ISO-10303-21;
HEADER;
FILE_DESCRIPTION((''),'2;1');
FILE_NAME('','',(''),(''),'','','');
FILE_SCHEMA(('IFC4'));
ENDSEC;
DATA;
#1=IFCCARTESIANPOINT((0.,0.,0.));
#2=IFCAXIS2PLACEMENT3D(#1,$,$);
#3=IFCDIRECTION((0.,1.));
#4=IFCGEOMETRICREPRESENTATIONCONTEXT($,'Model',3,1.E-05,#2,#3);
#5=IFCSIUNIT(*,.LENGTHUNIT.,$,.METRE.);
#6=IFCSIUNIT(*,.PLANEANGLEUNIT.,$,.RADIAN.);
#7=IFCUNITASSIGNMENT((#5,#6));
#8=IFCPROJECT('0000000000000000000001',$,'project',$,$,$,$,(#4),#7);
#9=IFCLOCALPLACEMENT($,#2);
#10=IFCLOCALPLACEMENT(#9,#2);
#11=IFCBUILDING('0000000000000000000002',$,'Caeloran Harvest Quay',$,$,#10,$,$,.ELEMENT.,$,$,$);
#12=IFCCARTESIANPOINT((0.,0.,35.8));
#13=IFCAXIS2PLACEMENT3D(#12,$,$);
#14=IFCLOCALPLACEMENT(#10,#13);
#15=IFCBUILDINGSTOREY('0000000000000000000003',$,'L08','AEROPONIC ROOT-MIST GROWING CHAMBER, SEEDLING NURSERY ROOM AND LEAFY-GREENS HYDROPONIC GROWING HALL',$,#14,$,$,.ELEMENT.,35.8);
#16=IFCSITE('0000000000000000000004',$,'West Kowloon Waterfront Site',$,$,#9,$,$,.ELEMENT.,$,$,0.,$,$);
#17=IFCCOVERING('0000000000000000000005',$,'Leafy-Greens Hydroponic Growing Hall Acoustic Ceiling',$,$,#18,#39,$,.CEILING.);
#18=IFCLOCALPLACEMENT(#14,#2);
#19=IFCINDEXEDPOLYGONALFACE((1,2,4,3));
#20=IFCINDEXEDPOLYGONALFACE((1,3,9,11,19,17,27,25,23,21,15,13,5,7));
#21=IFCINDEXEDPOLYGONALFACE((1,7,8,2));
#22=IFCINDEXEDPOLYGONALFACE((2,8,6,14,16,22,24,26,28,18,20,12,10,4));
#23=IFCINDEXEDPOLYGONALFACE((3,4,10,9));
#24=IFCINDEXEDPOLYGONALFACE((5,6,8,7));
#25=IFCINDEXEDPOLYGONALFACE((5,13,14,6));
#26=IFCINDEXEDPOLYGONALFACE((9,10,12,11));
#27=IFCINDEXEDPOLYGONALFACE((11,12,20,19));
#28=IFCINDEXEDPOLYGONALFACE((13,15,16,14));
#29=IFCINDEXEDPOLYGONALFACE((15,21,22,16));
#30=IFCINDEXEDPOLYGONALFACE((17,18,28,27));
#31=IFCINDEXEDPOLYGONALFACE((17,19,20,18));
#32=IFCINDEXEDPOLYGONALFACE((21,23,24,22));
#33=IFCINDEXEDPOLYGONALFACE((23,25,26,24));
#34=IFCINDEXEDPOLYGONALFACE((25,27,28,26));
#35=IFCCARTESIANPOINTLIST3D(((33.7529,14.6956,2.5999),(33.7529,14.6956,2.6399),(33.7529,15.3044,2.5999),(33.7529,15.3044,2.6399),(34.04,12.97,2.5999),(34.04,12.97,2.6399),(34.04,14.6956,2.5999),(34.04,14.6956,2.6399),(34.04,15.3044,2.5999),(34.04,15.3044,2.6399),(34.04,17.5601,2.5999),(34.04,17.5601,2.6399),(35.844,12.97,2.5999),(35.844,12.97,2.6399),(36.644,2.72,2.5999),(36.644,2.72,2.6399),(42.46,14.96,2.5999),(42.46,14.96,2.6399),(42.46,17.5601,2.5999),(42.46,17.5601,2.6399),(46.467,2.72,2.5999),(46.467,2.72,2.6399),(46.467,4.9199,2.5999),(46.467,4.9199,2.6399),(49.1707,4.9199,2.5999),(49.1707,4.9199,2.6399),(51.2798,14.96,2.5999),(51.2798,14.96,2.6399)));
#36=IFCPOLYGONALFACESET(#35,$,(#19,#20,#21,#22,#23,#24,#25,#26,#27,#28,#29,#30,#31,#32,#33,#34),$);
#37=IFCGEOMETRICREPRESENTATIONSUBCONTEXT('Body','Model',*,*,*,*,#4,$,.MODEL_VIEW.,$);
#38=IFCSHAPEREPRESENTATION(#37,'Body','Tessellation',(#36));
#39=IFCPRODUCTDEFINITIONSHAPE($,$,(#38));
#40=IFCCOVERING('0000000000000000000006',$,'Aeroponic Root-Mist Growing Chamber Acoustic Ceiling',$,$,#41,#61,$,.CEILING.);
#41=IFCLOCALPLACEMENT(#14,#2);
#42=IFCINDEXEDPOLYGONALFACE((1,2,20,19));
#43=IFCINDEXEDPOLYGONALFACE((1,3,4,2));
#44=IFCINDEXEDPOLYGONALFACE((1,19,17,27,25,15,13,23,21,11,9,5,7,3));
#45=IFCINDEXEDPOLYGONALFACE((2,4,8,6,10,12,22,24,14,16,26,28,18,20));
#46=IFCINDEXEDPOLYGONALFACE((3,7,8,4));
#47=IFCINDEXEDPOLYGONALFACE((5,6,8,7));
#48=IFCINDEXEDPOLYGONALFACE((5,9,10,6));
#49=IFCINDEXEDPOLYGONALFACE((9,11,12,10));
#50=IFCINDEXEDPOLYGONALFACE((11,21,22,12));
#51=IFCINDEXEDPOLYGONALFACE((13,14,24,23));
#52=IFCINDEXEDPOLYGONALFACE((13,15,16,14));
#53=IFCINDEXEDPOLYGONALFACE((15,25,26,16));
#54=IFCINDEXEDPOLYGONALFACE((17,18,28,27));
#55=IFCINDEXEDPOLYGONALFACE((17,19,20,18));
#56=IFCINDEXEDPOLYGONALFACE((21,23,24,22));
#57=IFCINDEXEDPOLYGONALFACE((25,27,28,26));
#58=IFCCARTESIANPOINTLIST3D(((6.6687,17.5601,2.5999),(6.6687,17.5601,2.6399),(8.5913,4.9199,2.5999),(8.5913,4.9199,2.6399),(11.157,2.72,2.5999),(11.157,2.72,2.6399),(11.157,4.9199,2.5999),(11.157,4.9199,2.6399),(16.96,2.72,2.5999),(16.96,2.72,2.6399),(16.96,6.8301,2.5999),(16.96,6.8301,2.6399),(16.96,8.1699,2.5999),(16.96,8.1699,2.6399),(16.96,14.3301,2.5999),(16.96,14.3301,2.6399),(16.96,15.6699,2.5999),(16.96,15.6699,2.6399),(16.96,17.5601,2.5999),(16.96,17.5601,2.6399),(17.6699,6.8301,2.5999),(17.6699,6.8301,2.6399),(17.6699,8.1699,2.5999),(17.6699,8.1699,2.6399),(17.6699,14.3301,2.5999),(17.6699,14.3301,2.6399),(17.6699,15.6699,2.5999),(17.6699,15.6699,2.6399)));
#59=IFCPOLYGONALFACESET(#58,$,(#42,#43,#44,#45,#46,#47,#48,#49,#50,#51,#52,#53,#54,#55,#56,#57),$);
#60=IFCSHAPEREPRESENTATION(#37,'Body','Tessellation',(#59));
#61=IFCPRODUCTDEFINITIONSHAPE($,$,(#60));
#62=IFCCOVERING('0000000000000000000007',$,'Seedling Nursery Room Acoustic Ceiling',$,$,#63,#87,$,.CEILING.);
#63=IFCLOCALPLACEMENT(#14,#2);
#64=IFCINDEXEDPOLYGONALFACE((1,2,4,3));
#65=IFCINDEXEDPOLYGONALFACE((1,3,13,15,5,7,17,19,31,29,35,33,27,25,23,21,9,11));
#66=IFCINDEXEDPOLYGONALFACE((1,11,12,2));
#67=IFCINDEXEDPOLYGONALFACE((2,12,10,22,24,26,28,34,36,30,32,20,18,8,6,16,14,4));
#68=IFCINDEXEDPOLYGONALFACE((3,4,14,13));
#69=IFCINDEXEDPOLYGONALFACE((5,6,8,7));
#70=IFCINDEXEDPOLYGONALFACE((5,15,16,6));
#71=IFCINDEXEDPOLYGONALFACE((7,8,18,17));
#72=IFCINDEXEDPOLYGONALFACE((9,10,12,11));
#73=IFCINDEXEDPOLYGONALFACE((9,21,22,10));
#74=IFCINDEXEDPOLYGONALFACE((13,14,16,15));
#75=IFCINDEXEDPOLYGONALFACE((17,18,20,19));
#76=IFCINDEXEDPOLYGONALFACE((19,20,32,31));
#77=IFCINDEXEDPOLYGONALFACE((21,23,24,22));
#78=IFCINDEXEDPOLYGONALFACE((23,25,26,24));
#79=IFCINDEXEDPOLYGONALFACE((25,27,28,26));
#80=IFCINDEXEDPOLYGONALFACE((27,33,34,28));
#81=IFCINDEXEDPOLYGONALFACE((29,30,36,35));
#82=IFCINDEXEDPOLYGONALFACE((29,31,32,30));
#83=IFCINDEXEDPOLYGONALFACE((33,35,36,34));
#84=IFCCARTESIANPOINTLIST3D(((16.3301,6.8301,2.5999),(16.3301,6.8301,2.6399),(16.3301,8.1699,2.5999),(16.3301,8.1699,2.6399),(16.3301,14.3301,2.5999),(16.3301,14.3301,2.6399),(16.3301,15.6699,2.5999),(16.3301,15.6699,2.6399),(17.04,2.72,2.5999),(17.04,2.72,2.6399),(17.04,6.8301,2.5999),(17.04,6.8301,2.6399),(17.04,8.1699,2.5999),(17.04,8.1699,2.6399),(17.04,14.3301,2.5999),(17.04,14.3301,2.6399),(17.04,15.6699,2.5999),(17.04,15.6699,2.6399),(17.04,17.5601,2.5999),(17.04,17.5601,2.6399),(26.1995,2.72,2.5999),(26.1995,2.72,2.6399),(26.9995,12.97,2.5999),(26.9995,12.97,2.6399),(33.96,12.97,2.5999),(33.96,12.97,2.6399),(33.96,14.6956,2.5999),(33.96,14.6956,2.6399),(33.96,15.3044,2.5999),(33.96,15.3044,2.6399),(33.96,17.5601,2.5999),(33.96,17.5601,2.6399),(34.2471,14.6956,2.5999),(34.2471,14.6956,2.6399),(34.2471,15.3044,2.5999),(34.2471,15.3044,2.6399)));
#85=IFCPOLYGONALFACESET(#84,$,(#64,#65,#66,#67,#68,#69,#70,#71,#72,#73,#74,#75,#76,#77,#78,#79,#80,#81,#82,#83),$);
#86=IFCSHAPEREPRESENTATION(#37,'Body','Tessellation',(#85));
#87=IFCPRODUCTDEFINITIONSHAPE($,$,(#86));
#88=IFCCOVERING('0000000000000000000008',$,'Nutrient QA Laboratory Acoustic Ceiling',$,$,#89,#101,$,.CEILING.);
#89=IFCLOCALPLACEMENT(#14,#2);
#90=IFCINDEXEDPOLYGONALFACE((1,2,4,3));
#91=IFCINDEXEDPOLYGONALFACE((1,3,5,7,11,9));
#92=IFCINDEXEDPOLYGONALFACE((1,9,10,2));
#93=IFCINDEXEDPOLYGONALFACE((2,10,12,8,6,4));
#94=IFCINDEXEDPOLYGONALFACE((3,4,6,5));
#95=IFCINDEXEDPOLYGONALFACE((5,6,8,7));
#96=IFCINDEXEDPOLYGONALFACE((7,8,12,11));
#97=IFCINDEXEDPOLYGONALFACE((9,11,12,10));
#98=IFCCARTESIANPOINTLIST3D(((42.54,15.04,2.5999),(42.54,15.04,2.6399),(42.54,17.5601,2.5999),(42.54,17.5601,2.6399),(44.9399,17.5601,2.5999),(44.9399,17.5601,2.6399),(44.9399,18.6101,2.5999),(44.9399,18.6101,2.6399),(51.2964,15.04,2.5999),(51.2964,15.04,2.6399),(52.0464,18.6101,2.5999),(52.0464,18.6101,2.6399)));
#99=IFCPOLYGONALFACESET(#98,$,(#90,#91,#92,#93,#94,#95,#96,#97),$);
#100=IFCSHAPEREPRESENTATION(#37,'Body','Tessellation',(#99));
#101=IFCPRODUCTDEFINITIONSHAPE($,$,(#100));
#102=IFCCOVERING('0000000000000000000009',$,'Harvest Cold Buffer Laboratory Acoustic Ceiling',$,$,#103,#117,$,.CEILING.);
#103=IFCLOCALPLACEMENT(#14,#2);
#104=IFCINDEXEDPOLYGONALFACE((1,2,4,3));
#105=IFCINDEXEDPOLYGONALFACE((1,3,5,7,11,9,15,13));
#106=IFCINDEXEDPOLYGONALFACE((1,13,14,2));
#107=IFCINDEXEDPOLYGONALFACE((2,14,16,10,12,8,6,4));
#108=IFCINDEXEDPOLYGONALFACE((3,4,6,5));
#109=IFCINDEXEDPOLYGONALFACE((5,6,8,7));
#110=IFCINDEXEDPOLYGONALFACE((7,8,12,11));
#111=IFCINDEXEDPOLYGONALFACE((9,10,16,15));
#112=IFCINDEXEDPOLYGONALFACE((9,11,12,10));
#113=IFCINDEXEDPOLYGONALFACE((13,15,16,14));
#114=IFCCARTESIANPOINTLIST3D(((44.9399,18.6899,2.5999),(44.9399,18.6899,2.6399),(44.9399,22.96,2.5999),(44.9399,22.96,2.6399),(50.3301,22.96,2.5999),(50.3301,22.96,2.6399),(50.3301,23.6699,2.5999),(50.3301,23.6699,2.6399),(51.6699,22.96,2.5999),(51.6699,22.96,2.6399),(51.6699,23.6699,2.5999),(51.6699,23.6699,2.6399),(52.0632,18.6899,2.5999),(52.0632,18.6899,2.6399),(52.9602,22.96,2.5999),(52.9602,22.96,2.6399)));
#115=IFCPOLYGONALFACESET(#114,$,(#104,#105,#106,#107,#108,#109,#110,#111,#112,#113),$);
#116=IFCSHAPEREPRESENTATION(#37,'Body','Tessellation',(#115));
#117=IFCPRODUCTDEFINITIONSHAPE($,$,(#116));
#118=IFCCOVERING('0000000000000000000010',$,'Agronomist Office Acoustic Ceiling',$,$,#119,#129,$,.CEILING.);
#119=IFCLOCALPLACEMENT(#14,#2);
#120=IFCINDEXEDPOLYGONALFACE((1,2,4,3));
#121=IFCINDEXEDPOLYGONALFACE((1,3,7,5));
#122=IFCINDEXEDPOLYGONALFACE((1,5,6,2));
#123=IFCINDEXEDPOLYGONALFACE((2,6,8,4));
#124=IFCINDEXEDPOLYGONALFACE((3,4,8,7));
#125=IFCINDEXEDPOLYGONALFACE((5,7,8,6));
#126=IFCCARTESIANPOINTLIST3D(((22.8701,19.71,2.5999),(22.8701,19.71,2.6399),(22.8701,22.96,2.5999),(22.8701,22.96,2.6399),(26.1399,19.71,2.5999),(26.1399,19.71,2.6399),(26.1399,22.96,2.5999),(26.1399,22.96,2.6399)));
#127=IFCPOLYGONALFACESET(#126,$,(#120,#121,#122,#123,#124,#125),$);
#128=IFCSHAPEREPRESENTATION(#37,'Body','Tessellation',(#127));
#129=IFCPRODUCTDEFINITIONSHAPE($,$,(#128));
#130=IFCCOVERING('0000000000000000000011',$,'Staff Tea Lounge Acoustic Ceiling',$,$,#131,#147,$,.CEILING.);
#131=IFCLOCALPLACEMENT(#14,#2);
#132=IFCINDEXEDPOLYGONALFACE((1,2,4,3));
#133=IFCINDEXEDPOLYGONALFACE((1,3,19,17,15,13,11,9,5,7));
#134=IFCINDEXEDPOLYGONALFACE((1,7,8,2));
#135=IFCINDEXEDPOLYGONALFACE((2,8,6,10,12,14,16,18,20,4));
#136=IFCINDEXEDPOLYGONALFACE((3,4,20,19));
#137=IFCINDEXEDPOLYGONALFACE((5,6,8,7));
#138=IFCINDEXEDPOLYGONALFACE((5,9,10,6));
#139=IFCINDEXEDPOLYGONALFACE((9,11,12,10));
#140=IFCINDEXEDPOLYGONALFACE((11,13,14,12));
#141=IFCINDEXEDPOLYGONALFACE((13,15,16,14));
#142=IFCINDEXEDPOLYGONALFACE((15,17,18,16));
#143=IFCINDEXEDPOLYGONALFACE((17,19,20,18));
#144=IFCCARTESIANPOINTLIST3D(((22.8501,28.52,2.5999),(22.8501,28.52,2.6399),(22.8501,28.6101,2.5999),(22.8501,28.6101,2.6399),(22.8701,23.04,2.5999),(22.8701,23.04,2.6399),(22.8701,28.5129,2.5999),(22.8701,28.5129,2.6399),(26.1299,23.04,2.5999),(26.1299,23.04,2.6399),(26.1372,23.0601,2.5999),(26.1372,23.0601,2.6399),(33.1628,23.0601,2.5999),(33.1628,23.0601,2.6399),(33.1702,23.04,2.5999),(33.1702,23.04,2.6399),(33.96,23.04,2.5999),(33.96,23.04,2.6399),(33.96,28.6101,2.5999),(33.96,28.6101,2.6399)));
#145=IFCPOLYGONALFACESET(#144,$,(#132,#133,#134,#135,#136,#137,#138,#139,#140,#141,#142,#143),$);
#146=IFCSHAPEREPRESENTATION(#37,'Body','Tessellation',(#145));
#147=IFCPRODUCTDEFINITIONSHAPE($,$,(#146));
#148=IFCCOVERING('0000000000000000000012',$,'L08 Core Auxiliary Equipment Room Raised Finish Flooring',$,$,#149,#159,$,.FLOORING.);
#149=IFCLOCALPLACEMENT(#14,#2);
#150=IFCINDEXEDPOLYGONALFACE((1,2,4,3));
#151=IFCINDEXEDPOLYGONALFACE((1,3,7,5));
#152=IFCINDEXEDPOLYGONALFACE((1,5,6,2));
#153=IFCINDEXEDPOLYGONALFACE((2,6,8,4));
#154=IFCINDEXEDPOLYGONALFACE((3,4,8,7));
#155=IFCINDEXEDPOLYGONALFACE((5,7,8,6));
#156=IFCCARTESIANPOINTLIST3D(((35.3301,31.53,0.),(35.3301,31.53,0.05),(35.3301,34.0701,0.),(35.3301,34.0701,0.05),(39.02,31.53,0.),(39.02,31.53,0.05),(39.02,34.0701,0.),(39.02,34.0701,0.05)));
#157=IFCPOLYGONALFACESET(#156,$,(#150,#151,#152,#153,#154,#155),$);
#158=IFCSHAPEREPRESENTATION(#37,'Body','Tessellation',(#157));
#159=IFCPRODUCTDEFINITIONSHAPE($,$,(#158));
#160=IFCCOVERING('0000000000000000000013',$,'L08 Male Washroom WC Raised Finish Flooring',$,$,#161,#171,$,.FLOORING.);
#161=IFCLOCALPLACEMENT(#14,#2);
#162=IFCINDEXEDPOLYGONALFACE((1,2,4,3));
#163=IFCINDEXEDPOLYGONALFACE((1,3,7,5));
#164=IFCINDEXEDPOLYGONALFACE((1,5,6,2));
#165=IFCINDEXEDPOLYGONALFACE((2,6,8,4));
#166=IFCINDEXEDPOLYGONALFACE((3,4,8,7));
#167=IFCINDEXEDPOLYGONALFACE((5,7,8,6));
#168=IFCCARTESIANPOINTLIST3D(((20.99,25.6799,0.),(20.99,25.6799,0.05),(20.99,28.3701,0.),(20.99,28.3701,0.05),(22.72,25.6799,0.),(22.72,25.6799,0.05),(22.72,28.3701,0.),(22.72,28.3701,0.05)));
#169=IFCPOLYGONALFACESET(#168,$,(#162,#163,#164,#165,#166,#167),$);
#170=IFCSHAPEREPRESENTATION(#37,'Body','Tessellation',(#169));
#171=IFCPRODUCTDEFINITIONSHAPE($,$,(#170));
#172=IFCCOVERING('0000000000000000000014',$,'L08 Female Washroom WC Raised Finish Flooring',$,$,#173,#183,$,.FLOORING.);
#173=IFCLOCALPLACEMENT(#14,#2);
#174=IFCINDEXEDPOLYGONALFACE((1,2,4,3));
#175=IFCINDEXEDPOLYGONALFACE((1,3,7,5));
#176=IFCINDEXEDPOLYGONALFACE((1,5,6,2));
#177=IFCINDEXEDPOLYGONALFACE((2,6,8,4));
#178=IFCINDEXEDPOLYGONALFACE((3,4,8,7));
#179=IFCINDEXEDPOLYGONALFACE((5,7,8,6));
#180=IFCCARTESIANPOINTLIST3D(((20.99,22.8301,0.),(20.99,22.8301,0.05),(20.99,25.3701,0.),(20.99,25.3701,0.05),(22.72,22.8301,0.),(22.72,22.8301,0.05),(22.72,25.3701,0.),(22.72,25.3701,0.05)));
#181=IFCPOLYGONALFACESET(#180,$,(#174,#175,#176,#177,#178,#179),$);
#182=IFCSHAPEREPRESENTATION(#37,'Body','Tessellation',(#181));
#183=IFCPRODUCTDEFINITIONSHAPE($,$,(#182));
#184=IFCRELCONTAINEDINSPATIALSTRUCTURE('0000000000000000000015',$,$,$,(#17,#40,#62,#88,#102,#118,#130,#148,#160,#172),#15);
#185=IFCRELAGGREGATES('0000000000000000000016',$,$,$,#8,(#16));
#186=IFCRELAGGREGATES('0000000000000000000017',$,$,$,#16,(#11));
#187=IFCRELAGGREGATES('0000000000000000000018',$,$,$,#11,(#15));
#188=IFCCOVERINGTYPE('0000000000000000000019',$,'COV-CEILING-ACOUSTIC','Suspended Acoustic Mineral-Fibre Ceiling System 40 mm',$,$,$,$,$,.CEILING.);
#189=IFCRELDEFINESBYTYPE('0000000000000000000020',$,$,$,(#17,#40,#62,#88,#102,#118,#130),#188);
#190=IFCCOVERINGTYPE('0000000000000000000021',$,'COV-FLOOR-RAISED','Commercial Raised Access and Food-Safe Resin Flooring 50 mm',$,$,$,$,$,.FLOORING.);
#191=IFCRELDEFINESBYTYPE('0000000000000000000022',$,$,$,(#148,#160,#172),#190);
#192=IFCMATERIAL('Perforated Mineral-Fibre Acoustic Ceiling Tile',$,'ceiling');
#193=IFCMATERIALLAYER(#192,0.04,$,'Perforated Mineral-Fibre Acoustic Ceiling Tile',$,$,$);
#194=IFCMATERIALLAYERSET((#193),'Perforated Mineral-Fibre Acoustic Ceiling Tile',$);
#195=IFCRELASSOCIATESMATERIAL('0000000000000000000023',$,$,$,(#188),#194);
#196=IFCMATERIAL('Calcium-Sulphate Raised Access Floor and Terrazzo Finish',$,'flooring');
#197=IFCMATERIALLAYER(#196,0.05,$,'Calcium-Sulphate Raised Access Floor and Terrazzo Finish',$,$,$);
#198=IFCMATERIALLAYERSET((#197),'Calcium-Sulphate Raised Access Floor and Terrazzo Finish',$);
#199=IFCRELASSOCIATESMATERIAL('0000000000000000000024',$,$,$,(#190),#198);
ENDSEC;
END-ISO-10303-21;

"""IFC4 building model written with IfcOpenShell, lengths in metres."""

from ifc_helpers import new_model, si_unit, direction, frame, origin, place, context, subcontext, project, spatial, polyline, outline, extrude, material, layer, layer_set, type_object, element, save


model = new_model("IFC4")

# Units and contexts
model_context = context("Model", 3, precision=1e-05, world=origin(), true_north=direction((0.0, 1.0)))
body_context = subcontext(model_context, "Body", "Model", "MODEL_VIEW")
ifc_project = project(units=[si_unit("LENGTHUNIT", "METRE"), si_unit("PLANEANGLEUNIT", "RADIAN")], contexts=[model_context])

# Site, building, storey
site_placement = place(None, origin())
site = spatial("IfcSite", under=ifc_project, at=site_placement, Name="West Kowloon Waterfront Site", CompositionType="ELEMENT", RefElevation=0.0)
building_placement = place(site_placement, origin())
building = spatial("IfcBuilding", under=site, at=building_placement, Name="Caeloran Harvest Quay", CompositionType="ELEMENT")
storey_placement = place(building_placement, frame((0.0, 0.0, 35.8)))
storey = spatial("IfcBuildingStorey", under=building, at=storey_placement, Name="L08", Description="AEROPONIC ROOT-MIST GROWING CHAMBER, SEEDLING NURSERY ROOM AND LEAFY-GREENS HYDROPONIC GROWING HALL", CompositionType="ELEMENT", Elevation=35.8)

# Coverings
ifc_material_1 = material(Name="Perforated Mineral-Fibre Acoustic Ceiling Tile", Category="ceiling")
ifc_layer_1 = layer(ifc_material_1, 0.04, Name="Perforated Mineral-Fibre Acoustic Ceiling Tile")
ifc_layer_set_1 = layer_set([ifc_layer_1], Name="Perforated Mineral-Fibre Acoustic Ceiling Tile")
covering_type_1 = type_object("IfcCoveringType", Name="COV-CEILING-ACOUSTIC", Description="Suspended Acoustic Mineral-Fibre Ceiling System 40 mm", PredefinedType="CEILING", material=ifc_layer_set_1)
covering_1_placement = place(storey_placement, frame((0.0, 0.0, 2.5999)))
element("IfcCovering", 1, at=covering_1_placement, inside=storey, type_object=covering_type_1, Name="Leafy-Greens Hydroponic Growing Hall Acoustic Ceiling", PredefinedType="CEILING", context=body_context, shape_type="SweptSolid", body=[
    extrude(outline(polyline([(34.04, 14.6956), (33.7529, 14.6956), (33.7529, 15.3044), (34.04, 15.3044), (34.04, 17.5601), (42.46, 17.5601), (42.46, 14.96), (51.2798, 14.96), (49.1707, 4.9199), (46.467, 4.9199), (46.467, 2.72), (36.644, 2.72), (35.844, 12.97), (34.04, 12.97), (34.04, 14.6956)])), origin(), (0.0, 0.0, 1.0), 0.04),
])
covering_2_placement = place(storey_placement, frame((0.0, 0.0, 2.5999)))
element("IfcCovering", 2, at=covering_2_placement, inside=storey, type_object=covering_type_1, Name="Aeroponic Root-Mist Growing Chamber Acoustic Ceiling", PredefinedType="CEILING", context=body_context, shape_type="SweptSolid", body=[
    extrude(outline(polyline([(17.6699, 6.8301), (16.96, 6.8301), (16.96, 2.72), (11.157, 2.72), (11.157, 4.9199), (8.5913, 4.9199), (6.6687, 17.5601), (16.96, 17.5601), (16.96, 15.6699), (17.6699, 15.6699), (17.6699, 14.3301), (16.96, 14.3301), (16.96, 8.1699), (17.6699, 8.1699), (17.6699, 6.8301)])), origin(), (0.0, 0.0, 1.0), 0.04),
])
covering_3_placement = place(storey_placement, frame((0.0, 0.0, 2.5999)))
element("IfcCovering", 3, at=covering_3_placement, inside=storey, type_object=covering_type_1, Name="Seedling Nursery Room Acoustic Ceiling", PredefinedType="CEILING", context=body_context, shape_type="SweptSolid", body=[
    extrude(outline(polyline([(16.3301, 8.1699), (17.04, 8.1699), (17.04, 14.3301), (16.3301, 14.3301), (16.3301, 15.6699), (17.04, 15.6699), (17.04, 17.5601), (33.96, 17.5601), (33.96, 15.3044), (34.2471, 15.3044), (34.2471, 14.6956), (33.96, 14.6956), (33.96, 12.97), (26.9995, 12.97), (26.1995, 2.72), (17.04, 2.72), (17.04, 6.8301), (16.3301, 6.8301), (16.3301, 8.1699)])), origin(), (0.0, 0.0, 1.0), 0.04),
])
covering_4_placement = place(storey_placement, frame((0.0, 0.0, 2.5999)))
element("IfcCovering", 4, at=covering_4_placement, inside=storey, type_object=covering_type_1, Name="Nutrient QA Laboratory Acoustic Ceiling", PredefinedType="CEILING", context=body_context, shape_type="SweptSolid", body=[
    extrude(outline(polyline([(44.9399, 17.5601), (44.9399, 18.6101), (52.0464, 18.6101), (51.2964, 15.04), (42.54, 15.04), (42.54, 17.5601), (44.9399, 17.5601)])), origin(), (0.0, 0.0, 1.0), 0.04),
])
covering_5_placement = place(storey_placement, frame((0.0, 0.0, 2.5999)))
element("IfcCovering", 5, at=covering_5_placement, inside=storey, type_object=covering_type_1, Name="Harvest Cold Buffer Laboratory Acoustic Ceiling", PredefinedType="CEILING", context=body_context, shape_type="SweptSolid", body=[
    extrude(outline(polyline([(44.9399, 22.96), (50.3301, 22.96), (50.3301, 23.6699), (51.6699, 23.6699), (51.6699, 22.96), (52.9602, 22.96), (52.0632, 18.6899), (44.9399, 18.6899), (44.9399, 22.96)])), origin(), (0.0, 0.0, 1.0), 0.04),
])
covering_6_placement = place(storey_placement, frame((0.0, 0.0, 2.5999)))
element("IfcCovering", 6, at=covering_6_placement, inside=storey, type_object=covering_type_1, Name="Agronomist Office Acoustic Ceiling", PredefinedType="CEILING", context=body_context, shape_type="SweptSolid", body=[
    extrude(outline(polyline([(26.1399, 22.96), (26.1399, 19.71), (22.8701, 19.71), (22.8701, 22.96), (26.1399, 22.96)])), origin(), (0.0, 0.0, 1.0), 0.04),
])
covering_7_placement = place(storey_placement, frame((0.0, 0.0, 2.5999)))
element("IfcCovering", 7, at=covering_7_placement, inside=storey, type_object=covering_type_1, Name="Staff Tea Lounge Acoustic Ceiling", PredefinedType="CEILING", context=body_context, shape_type="SweptSolid", body=[
    extrude(outline(polyline([(22.8701, 28.5129), (22.8501, 28.52), (22.8501, 28.6101), (33.96, 28.6101), (33.96, 23.04), (33.1702, 23.04), (33.1628, 23.0601), (26.1372, 23.0601), (26.1299, 23.04), (22.8701, 23.04), (22.8701, 28.5129)])), origin(), (0.0, 0.0, 1.0), 0.04),
])
ifc_material_2 = material(Name="Calcium-Sulphate Raised Access Floor and Terrazzo Finish", Category="flooring")
ifc_layer_2 = layer(ifc_material_2, 0.05, Name="Calcium-Sulphate Raised Access Floor and Terrazzo Finish")
ifc_layer_set_2 = layer_set([ifc_layer_2], Name="Calcium-Sulphate Raised Access Floor and Terrazzo Finish")
covering_type_2 = type_object("IfcCoveringType", Name="COV-FLOOR-RAISED", Description="Commercial Raised Access and Food-Safe Resin Flooring 50 mm", PredefinedType="FLOORING", material=ifc_layer_set_2)
covering_8_placement = place(storey_placement, origin())
element("IfcCovering", 8, at=covering_8_placement, inside=storey, type_object=covering_type_2, Name="L08 Core Auxiliary Equipment Room Raised Finish Flooring", PredefinedType="FLOORING", context=body_context, shape_type="SweptSolid", body=[
    extrude(outline(polyline([(39.02, 34.0701), (39.02, 31.53), (35.3301, 31.53), (35.3301, 34.0701), (39.02, 34.0701)])), origin(), (0.0, 0.0, 1.0), 0.05),
])
covering_9_placement = place(storey_placement, origin())
element("IfcCovering", 9, at=covering_9_placement, inside=storey, type_object=covering_type_2, Name="L08 Male Washroom WC Raised Finish Flooring", PredefinedType="FLOORING", context=body_context, shape_type="SweptSolid", body=[
    extrude(outline(polyline([(22.72, 25.6799), (20.99, 25.6799), (20.99, 28.3701), (22.72, 28.3701), (22.72, 25.6799)])), origin(), (0.0, 0.0, 1.0), 0.05),
])
covering_10_placement = place(storey_placement, origin())
element("IfcCovering", 10, at=covering_10_placement, inside=storey, type_object=covering_type_2, Name="L08 Female Washroom WC Raised Finish Flooring", PredefinedType="FLOORING", context=body_context, shape_type="SweptSolid", body=[
    extrude(outline(polyline([(22.72, 22.8301), (20.99, 22.8301), (20.99, 25.3701), (22.72, 25.3701), (22.72, 22.8301)])), origin(), (0.0, 0.0, 1.0), 0.05),
])

save(model, "model.ifc")
